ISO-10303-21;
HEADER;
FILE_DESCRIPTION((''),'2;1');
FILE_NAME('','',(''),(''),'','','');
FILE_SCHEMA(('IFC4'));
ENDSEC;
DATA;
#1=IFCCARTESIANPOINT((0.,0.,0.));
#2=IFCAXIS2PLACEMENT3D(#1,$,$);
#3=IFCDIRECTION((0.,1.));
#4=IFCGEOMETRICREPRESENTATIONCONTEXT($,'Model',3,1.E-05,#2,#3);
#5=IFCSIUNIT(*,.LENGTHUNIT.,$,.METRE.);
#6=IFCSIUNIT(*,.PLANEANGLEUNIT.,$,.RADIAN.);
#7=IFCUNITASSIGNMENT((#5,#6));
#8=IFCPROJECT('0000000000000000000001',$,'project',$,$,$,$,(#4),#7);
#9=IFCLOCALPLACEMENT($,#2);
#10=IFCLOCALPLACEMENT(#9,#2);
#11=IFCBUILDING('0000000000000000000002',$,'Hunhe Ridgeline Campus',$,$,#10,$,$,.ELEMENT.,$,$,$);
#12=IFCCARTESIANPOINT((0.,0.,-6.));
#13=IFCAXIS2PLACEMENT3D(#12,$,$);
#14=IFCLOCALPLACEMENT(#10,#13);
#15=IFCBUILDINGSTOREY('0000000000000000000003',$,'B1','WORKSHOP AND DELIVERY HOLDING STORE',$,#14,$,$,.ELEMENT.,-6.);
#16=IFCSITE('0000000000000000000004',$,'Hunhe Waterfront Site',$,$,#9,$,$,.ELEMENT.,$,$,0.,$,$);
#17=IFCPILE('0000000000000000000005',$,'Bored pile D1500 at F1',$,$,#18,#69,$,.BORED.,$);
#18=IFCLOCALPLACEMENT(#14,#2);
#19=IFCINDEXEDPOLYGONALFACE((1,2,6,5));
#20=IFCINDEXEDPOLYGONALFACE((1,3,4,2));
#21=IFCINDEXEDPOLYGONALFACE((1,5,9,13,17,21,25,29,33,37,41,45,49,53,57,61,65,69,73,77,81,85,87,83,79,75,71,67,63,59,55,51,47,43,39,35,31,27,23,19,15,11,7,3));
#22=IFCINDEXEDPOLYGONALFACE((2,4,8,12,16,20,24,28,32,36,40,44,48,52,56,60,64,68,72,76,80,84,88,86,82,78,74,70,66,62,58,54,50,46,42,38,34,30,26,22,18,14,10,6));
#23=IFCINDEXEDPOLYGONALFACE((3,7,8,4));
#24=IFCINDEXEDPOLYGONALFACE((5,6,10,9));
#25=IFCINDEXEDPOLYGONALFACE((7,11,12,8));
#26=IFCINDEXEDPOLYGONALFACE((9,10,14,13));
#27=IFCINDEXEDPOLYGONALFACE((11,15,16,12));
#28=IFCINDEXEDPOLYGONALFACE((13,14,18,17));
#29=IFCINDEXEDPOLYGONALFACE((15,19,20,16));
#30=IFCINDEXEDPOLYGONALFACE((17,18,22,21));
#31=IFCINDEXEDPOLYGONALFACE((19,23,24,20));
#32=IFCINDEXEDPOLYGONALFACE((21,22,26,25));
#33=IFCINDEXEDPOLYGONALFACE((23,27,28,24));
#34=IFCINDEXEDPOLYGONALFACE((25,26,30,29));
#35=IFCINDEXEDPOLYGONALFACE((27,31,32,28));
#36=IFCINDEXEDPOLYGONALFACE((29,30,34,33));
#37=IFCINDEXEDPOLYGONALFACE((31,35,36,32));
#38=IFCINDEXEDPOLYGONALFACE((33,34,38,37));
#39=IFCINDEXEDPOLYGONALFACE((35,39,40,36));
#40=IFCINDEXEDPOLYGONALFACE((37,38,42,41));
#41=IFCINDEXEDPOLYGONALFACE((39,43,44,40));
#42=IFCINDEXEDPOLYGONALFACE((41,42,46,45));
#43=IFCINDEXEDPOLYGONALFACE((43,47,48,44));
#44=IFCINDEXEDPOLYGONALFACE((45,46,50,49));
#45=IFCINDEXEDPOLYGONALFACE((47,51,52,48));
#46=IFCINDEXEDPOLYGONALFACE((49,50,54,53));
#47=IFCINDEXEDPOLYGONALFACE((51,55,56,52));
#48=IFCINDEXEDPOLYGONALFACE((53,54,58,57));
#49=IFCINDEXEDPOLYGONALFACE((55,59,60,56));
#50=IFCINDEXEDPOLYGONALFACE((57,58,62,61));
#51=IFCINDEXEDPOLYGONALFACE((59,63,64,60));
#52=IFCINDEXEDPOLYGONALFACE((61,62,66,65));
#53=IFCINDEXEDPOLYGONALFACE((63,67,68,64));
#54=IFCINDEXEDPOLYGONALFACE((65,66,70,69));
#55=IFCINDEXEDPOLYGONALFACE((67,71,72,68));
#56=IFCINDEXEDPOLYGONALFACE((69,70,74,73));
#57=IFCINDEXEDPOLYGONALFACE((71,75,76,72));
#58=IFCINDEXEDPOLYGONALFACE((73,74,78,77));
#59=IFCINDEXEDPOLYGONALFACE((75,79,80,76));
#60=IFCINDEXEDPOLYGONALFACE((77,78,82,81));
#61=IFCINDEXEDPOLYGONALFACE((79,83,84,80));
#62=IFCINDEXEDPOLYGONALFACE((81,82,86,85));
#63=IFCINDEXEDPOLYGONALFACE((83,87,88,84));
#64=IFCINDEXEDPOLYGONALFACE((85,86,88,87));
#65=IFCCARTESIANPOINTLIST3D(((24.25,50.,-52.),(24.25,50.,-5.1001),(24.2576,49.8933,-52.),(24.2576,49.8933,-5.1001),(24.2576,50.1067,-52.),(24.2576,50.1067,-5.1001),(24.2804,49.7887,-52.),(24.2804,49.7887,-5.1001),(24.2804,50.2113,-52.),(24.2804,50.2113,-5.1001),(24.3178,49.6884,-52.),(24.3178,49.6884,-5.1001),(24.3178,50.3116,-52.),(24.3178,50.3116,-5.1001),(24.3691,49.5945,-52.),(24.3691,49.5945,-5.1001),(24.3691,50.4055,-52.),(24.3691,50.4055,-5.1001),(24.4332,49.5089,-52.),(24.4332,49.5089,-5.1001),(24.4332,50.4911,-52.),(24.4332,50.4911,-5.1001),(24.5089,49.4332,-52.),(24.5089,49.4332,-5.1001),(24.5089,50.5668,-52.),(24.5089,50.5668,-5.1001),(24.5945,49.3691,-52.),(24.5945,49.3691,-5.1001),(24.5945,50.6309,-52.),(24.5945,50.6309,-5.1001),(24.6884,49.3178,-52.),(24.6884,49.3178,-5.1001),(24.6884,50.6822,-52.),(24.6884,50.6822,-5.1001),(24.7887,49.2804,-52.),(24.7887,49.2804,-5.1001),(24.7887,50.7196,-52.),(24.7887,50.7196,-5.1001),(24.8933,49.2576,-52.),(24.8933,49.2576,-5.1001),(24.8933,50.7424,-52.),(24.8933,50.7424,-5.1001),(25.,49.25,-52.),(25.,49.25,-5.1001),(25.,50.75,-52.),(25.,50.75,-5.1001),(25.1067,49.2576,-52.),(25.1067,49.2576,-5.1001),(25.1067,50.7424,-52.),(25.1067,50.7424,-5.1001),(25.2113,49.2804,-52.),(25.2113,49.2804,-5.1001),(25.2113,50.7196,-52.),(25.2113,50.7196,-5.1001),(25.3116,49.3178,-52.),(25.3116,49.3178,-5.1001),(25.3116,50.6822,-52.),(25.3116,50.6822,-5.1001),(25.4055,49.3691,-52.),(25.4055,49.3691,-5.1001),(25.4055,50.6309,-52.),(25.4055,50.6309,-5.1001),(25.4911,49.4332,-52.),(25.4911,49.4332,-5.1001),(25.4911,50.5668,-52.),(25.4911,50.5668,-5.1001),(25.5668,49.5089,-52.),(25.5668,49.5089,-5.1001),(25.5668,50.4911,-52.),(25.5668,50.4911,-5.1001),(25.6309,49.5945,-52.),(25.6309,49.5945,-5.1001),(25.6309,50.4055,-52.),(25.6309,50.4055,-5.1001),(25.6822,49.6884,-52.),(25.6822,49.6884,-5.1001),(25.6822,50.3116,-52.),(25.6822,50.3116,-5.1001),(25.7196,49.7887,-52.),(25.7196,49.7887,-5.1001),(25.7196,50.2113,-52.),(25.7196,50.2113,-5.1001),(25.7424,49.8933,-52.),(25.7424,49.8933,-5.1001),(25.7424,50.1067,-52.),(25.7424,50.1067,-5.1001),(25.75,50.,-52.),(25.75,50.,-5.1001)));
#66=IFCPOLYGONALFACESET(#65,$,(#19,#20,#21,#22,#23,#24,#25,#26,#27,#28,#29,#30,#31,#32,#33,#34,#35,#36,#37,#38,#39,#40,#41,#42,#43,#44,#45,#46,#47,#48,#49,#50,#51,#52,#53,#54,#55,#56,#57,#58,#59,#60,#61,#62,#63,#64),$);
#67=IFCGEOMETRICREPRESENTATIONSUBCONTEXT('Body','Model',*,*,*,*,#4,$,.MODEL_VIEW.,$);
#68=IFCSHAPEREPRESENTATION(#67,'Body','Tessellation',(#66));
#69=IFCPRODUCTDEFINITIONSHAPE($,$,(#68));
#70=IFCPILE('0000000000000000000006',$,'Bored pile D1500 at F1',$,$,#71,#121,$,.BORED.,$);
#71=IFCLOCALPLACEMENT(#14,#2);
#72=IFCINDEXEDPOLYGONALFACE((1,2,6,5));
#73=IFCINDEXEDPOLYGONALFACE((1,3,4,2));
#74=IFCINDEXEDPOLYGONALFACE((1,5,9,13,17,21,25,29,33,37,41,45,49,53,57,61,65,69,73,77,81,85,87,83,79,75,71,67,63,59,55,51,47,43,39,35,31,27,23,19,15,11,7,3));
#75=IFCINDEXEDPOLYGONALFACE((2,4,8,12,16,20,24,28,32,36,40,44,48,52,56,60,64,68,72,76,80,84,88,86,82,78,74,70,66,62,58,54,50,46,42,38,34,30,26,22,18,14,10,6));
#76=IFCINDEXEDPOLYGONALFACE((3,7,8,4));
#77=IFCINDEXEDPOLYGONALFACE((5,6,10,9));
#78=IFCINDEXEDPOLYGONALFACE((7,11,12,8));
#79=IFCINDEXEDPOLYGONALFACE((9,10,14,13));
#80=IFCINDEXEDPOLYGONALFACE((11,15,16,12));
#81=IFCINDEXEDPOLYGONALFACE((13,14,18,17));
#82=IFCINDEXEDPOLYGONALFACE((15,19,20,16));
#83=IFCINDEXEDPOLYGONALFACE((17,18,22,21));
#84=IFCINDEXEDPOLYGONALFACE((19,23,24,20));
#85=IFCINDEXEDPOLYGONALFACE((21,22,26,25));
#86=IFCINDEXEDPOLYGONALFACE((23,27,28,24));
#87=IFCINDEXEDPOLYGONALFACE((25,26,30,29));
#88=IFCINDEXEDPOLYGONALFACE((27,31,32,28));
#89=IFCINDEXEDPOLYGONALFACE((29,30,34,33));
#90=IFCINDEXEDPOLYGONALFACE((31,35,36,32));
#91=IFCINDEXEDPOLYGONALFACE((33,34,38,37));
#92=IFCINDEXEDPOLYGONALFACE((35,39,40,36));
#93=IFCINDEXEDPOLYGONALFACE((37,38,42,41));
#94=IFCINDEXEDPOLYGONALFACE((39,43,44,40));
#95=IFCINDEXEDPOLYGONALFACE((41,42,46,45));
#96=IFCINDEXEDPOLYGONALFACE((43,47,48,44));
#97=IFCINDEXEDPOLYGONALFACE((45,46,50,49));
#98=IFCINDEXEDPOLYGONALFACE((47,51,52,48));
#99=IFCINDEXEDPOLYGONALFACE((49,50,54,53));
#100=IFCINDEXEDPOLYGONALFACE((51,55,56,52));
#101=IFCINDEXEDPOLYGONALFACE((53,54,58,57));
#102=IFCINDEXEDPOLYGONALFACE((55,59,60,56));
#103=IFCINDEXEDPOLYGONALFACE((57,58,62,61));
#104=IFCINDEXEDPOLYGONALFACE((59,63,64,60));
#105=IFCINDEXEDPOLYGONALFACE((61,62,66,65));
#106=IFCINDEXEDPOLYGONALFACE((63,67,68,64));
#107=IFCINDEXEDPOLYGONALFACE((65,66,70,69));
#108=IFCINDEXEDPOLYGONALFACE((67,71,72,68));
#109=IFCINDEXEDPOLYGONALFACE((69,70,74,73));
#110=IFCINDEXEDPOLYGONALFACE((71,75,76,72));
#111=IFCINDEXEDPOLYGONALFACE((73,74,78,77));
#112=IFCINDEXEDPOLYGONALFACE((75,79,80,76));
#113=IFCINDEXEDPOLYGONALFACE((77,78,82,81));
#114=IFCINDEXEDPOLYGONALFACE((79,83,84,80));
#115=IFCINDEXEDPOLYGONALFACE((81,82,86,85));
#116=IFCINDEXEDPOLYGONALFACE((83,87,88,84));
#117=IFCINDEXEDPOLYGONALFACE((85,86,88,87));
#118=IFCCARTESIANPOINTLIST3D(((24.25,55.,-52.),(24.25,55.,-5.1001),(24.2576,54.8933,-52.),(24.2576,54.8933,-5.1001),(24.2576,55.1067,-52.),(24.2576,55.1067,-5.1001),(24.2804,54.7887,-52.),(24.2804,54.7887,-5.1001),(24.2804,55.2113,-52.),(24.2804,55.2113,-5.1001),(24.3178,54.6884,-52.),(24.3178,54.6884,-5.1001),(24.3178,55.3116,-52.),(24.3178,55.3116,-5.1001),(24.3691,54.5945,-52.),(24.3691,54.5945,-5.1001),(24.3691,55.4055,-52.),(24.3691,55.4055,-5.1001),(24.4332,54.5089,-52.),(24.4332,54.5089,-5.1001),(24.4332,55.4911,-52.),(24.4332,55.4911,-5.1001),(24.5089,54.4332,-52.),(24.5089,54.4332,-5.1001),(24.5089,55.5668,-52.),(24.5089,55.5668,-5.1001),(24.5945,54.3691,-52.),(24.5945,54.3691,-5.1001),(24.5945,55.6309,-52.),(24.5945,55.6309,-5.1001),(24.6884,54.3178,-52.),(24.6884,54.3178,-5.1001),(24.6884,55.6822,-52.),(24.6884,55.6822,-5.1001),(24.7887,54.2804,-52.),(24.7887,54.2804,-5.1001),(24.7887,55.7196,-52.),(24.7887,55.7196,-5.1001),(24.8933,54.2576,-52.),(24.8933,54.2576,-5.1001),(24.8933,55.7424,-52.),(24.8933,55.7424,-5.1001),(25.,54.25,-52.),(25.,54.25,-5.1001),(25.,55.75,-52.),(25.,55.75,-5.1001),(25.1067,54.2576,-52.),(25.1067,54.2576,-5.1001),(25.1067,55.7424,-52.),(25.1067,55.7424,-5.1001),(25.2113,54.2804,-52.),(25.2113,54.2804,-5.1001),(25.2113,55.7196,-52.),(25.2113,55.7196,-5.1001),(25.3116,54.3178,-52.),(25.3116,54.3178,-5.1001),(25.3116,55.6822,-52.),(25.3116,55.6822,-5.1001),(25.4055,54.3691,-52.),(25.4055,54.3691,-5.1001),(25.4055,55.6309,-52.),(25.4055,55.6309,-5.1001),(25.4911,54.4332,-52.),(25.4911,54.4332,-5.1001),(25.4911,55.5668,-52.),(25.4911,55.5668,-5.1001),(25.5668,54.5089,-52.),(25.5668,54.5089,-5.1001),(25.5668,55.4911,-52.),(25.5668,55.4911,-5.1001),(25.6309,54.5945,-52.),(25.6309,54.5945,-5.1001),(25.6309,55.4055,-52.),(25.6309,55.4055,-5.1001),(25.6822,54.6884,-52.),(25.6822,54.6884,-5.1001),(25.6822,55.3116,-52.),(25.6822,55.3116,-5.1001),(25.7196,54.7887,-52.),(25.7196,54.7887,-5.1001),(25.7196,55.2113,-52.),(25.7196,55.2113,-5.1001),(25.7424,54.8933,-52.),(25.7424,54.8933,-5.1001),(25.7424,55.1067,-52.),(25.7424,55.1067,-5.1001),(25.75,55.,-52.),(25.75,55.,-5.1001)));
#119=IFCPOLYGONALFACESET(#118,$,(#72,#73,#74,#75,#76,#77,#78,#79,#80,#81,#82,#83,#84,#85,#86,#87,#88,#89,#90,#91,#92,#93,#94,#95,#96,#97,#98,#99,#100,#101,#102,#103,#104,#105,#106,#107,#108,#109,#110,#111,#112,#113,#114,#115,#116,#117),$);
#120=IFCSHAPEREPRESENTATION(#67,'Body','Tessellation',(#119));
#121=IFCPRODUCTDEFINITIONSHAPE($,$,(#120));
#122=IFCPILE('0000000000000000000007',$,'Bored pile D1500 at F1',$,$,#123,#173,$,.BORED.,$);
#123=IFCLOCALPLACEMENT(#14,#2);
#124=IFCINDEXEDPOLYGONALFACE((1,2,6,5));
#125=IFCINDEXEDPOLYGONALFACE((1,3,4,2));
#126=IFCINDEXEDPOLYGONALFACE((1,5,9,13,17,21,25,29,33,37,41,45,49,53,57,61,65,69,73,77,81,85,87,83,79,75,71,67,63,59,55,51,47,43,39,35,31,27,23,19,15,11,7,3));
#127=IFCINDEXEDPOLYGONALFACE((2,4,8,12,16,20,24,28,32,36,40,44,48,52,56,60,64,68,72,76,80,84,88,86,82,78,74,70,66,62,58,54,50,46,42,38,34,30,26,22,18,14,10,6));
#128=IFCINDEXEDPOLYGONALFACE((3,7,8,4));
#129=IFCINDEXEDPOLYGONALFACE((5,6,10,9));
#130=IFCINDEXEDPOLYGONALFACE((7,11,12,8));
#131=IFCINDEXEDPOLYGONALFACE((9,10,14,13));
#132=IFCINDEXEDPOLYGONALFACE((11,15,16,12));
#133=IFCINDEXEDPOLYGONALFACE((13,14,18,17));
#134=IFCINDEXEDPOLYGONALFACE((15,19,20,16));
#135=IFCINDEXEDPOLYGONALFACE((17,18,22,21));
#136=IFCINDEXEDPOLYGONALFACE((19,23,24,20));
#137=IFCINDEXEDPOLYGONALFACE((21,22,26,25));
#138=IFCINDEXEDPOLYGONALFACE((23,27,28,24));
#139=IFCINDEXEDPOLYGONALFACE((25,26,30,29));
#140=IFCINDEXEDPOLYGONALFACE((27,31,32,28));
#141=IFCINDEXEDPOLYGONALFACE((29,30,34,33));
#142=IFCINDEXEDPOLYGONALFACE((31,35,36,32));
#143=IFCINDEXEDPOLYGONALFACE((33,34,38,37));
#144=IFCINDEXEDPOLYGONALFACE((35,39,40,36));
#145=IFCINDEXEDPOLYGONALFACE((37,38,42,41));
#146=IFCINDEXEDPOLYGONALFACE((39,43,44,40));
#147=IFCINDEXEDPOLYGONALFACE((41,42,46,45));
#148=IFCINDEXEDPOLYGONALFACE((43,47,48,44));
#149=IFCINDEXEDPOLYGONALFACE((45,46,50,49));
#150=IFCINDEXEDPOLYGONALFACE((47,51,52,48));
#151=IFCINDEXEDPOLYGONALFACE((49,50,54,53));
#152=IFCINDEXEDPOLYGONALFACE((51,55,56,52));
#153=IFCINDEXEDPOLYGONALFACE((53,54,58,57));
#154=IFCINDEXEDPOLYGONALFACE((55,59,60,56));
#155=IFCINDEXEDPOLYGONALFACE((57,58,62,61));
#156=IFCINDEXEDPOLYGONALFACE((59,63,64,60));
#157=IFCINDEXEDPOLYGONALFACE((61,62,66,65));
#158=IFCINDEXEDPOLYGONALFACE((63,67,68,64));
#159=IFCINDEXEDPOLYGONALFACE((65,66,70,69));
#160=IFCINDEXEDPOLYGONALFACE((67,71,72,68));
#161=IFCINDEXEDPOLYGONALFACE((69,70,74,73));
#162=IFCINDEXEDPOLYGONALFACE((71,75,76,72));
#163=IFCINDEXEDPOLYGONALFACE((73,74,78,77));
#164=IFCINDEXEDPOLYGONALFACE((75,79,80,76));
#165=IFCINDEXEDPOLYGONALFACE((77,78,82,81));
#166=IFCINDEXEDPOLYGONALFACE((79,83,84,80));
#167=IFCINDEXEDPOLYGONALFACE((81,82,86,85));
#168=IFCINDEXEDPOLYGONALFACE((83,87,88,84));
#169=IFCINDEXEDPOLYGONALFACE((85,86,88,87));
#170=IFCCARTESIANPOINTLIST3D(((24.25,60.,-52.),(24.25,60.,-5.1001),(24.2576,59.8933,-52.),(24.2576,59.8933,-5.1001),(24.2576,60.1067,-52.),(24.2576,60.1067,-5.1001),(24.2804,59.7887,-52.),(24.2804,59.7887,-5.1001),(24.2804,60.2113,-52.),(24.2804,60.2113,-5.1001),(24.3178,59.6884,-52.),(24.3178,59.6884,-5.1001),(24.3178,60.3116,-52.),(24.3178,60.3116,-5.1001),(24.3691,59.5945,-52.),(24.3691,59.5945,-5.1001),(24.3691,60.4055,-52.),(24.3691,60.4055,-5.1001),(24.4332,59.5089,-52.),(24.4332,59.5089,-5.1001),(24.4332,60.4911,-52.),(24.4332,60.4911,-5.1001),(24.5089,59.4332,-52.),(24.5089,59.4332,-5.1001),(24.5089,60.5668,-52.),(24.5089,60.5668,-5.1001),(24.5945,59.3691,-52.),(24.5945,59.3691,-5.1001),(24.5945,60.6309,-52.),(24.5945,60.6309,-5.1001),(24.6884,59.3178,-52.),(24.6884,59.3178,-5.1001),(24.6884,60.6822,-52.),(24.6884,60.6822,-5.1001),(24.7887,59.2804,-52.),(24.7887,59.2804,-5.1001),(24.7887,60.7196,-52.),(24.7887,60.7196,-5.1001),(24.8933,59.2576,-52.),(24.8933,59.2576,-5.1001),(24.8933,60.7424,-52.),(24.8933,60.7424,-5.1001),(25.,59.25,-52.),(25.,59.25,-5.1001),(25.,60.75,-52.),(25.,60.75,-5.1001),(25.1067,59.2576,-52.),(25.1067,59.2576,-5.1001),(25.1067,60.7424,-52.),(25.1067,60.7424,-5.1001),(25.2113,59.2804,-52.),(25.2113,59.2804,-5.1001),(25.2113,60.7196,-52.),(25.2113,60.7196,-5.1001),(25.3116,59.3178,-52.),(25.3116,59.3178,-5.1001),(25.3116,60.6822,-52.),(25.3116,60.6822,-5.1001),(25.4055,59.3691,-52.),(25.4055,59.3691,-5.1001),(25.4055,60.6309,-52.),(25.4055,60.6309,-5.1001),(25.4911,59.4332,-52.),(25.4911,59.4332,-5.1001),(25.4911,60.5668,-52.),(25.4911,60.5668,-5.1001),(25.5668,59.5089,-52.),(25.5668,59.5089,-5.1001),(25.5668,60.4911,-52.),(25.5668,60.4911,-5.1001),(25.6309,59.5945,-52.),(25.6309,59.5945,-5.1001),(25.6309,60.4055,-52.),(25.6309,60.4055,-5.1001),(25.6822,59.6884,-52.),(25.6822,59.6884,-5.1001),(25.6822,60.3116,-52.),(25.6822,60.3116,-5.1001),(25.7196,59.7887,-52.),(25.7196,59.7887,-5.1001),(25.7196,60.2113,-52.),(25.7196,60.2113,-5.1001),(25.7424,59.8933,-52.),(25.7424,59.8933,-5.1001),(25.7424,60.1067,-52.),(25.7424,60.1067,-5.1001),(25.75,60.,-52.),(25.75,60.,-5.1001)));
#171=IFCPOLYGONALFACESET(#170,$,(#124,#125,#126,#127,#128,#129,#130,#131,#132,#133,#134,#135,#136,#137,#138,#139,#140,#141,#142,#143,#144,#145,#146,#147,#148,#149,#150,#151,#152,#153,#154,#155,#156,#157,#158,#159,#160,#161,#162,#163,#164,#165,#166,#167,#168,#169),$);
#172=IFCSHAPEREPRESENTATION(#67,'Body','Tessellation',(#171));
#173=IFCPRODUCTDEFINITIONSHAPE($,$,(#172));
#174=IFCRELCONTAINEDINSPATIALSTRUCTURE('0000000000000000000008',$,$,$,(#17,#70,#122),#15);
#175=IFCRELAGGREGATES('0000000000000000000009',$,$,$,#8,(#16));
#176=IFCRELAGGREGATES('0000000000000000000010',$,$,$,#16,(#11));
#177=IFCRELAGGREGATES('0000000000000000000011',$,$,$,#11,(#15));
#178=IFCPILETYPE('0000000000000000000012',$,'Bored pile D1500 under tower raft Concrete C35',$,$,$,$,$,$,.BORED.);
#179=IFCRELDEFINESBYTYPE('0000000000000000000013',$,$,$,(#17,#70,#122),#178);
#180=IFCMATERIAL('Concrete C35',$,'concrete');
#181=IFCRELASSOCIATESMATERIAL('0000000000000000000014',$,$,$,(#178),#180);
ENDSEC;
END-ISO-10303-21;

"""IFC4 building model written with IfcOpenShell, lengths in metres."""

from ifc_helpers import new_model, si_unit, direction, frame, origin, origin_2d, place, context, subcontext, project, spatial, circle, extrude, material, material_profile, profile_set, type_object, element, save


model = new_model("IFC4")

# Units and contexts
model_context = context("Model", 3, precision=1e-05, world=origin(), true_north=direction((0.0, 1.0)))
body_context = subcontext(model_context, "Body", "Model", "MODEL_VIEW")
ifc_project = project(units=[si_unit("LENGTHUNIT", "METRE"), si_unit("PLANEANGLEUNIT", "RADIAN")], contexts=[model_context])

# Site, building, storey
site_placement = place(None, origin())
site = spatial("IfcSite", under=ifc_project, at=site_placement, Name="Hunhe Waterfront Site", CompositionType="ELEMENT", RefElevation=0.0)
building_placement = place(site_placement, origin())
building = spatial("IfcBuilding", under=site, at=building_placement, Name="Hunhe Ridgeline Campus", CompositionType="ELEMENT")
storey_placement = place(building_placement, frame((0.0, 0.0, -6.0)))
storey = spatial("IfcBuildingStorey", under=building, at=storey_placement, Name="B1", Description="WORKSHOP AND DELIVERY HOLDING STORE", CompositionType="ELEMENT", Elevation=-6.0)

# Piles
ifc_material_1 = material(Name="Concrete C35", Category="concrete")
ifc_material_profile_1 = material_profile(ifc_material_1, circle(Radius=0.75, at=origin_2d()))
ifc_profile_set_1 = profile_set([ifc_material_profile_1], Name="Concrete C35")
pile_type = type_object("IfcPileType", Name="Bored pile D1500 under tower raft Concrete C35", PredefinedType="BORED", material=ifc_profile_set_1)
for number, where, z_axis, x_axis, name in (
    (1, (25.0, 50.0, -5.1001), (0.0, 0.0, -1.0), (1.0, 0.0, 0.0), "Bored pile D1500 at F1"),
    (2, (25.0, 55.0, -5.1001), (0.0, 0.0, -1.0), (1.0, 0.0, 0.0), "Bored pile D1500 at F1"),
    (3, (25.0, 60.0, -5.1001), (0.0, 0.0, -1.0), (1.0, 0.0, 0.0), "Bored pile D1500 at F1"),
):
    element("IfcPile", number, at=place(storey_placement, frame(where, z_axis=z_axis, x_axis=x_axis)), inside=storey, type_object=pile_type, Name=name, PredefinedType="BORED", context=body_context, shape_type="SweptSolid", body=[
        extrude(circle(Radius=0.75, at=origin_2d()), origin(), (0.0, 0.0, 1.0), 46.8999),
    ])

save(model, "model.ifc")
